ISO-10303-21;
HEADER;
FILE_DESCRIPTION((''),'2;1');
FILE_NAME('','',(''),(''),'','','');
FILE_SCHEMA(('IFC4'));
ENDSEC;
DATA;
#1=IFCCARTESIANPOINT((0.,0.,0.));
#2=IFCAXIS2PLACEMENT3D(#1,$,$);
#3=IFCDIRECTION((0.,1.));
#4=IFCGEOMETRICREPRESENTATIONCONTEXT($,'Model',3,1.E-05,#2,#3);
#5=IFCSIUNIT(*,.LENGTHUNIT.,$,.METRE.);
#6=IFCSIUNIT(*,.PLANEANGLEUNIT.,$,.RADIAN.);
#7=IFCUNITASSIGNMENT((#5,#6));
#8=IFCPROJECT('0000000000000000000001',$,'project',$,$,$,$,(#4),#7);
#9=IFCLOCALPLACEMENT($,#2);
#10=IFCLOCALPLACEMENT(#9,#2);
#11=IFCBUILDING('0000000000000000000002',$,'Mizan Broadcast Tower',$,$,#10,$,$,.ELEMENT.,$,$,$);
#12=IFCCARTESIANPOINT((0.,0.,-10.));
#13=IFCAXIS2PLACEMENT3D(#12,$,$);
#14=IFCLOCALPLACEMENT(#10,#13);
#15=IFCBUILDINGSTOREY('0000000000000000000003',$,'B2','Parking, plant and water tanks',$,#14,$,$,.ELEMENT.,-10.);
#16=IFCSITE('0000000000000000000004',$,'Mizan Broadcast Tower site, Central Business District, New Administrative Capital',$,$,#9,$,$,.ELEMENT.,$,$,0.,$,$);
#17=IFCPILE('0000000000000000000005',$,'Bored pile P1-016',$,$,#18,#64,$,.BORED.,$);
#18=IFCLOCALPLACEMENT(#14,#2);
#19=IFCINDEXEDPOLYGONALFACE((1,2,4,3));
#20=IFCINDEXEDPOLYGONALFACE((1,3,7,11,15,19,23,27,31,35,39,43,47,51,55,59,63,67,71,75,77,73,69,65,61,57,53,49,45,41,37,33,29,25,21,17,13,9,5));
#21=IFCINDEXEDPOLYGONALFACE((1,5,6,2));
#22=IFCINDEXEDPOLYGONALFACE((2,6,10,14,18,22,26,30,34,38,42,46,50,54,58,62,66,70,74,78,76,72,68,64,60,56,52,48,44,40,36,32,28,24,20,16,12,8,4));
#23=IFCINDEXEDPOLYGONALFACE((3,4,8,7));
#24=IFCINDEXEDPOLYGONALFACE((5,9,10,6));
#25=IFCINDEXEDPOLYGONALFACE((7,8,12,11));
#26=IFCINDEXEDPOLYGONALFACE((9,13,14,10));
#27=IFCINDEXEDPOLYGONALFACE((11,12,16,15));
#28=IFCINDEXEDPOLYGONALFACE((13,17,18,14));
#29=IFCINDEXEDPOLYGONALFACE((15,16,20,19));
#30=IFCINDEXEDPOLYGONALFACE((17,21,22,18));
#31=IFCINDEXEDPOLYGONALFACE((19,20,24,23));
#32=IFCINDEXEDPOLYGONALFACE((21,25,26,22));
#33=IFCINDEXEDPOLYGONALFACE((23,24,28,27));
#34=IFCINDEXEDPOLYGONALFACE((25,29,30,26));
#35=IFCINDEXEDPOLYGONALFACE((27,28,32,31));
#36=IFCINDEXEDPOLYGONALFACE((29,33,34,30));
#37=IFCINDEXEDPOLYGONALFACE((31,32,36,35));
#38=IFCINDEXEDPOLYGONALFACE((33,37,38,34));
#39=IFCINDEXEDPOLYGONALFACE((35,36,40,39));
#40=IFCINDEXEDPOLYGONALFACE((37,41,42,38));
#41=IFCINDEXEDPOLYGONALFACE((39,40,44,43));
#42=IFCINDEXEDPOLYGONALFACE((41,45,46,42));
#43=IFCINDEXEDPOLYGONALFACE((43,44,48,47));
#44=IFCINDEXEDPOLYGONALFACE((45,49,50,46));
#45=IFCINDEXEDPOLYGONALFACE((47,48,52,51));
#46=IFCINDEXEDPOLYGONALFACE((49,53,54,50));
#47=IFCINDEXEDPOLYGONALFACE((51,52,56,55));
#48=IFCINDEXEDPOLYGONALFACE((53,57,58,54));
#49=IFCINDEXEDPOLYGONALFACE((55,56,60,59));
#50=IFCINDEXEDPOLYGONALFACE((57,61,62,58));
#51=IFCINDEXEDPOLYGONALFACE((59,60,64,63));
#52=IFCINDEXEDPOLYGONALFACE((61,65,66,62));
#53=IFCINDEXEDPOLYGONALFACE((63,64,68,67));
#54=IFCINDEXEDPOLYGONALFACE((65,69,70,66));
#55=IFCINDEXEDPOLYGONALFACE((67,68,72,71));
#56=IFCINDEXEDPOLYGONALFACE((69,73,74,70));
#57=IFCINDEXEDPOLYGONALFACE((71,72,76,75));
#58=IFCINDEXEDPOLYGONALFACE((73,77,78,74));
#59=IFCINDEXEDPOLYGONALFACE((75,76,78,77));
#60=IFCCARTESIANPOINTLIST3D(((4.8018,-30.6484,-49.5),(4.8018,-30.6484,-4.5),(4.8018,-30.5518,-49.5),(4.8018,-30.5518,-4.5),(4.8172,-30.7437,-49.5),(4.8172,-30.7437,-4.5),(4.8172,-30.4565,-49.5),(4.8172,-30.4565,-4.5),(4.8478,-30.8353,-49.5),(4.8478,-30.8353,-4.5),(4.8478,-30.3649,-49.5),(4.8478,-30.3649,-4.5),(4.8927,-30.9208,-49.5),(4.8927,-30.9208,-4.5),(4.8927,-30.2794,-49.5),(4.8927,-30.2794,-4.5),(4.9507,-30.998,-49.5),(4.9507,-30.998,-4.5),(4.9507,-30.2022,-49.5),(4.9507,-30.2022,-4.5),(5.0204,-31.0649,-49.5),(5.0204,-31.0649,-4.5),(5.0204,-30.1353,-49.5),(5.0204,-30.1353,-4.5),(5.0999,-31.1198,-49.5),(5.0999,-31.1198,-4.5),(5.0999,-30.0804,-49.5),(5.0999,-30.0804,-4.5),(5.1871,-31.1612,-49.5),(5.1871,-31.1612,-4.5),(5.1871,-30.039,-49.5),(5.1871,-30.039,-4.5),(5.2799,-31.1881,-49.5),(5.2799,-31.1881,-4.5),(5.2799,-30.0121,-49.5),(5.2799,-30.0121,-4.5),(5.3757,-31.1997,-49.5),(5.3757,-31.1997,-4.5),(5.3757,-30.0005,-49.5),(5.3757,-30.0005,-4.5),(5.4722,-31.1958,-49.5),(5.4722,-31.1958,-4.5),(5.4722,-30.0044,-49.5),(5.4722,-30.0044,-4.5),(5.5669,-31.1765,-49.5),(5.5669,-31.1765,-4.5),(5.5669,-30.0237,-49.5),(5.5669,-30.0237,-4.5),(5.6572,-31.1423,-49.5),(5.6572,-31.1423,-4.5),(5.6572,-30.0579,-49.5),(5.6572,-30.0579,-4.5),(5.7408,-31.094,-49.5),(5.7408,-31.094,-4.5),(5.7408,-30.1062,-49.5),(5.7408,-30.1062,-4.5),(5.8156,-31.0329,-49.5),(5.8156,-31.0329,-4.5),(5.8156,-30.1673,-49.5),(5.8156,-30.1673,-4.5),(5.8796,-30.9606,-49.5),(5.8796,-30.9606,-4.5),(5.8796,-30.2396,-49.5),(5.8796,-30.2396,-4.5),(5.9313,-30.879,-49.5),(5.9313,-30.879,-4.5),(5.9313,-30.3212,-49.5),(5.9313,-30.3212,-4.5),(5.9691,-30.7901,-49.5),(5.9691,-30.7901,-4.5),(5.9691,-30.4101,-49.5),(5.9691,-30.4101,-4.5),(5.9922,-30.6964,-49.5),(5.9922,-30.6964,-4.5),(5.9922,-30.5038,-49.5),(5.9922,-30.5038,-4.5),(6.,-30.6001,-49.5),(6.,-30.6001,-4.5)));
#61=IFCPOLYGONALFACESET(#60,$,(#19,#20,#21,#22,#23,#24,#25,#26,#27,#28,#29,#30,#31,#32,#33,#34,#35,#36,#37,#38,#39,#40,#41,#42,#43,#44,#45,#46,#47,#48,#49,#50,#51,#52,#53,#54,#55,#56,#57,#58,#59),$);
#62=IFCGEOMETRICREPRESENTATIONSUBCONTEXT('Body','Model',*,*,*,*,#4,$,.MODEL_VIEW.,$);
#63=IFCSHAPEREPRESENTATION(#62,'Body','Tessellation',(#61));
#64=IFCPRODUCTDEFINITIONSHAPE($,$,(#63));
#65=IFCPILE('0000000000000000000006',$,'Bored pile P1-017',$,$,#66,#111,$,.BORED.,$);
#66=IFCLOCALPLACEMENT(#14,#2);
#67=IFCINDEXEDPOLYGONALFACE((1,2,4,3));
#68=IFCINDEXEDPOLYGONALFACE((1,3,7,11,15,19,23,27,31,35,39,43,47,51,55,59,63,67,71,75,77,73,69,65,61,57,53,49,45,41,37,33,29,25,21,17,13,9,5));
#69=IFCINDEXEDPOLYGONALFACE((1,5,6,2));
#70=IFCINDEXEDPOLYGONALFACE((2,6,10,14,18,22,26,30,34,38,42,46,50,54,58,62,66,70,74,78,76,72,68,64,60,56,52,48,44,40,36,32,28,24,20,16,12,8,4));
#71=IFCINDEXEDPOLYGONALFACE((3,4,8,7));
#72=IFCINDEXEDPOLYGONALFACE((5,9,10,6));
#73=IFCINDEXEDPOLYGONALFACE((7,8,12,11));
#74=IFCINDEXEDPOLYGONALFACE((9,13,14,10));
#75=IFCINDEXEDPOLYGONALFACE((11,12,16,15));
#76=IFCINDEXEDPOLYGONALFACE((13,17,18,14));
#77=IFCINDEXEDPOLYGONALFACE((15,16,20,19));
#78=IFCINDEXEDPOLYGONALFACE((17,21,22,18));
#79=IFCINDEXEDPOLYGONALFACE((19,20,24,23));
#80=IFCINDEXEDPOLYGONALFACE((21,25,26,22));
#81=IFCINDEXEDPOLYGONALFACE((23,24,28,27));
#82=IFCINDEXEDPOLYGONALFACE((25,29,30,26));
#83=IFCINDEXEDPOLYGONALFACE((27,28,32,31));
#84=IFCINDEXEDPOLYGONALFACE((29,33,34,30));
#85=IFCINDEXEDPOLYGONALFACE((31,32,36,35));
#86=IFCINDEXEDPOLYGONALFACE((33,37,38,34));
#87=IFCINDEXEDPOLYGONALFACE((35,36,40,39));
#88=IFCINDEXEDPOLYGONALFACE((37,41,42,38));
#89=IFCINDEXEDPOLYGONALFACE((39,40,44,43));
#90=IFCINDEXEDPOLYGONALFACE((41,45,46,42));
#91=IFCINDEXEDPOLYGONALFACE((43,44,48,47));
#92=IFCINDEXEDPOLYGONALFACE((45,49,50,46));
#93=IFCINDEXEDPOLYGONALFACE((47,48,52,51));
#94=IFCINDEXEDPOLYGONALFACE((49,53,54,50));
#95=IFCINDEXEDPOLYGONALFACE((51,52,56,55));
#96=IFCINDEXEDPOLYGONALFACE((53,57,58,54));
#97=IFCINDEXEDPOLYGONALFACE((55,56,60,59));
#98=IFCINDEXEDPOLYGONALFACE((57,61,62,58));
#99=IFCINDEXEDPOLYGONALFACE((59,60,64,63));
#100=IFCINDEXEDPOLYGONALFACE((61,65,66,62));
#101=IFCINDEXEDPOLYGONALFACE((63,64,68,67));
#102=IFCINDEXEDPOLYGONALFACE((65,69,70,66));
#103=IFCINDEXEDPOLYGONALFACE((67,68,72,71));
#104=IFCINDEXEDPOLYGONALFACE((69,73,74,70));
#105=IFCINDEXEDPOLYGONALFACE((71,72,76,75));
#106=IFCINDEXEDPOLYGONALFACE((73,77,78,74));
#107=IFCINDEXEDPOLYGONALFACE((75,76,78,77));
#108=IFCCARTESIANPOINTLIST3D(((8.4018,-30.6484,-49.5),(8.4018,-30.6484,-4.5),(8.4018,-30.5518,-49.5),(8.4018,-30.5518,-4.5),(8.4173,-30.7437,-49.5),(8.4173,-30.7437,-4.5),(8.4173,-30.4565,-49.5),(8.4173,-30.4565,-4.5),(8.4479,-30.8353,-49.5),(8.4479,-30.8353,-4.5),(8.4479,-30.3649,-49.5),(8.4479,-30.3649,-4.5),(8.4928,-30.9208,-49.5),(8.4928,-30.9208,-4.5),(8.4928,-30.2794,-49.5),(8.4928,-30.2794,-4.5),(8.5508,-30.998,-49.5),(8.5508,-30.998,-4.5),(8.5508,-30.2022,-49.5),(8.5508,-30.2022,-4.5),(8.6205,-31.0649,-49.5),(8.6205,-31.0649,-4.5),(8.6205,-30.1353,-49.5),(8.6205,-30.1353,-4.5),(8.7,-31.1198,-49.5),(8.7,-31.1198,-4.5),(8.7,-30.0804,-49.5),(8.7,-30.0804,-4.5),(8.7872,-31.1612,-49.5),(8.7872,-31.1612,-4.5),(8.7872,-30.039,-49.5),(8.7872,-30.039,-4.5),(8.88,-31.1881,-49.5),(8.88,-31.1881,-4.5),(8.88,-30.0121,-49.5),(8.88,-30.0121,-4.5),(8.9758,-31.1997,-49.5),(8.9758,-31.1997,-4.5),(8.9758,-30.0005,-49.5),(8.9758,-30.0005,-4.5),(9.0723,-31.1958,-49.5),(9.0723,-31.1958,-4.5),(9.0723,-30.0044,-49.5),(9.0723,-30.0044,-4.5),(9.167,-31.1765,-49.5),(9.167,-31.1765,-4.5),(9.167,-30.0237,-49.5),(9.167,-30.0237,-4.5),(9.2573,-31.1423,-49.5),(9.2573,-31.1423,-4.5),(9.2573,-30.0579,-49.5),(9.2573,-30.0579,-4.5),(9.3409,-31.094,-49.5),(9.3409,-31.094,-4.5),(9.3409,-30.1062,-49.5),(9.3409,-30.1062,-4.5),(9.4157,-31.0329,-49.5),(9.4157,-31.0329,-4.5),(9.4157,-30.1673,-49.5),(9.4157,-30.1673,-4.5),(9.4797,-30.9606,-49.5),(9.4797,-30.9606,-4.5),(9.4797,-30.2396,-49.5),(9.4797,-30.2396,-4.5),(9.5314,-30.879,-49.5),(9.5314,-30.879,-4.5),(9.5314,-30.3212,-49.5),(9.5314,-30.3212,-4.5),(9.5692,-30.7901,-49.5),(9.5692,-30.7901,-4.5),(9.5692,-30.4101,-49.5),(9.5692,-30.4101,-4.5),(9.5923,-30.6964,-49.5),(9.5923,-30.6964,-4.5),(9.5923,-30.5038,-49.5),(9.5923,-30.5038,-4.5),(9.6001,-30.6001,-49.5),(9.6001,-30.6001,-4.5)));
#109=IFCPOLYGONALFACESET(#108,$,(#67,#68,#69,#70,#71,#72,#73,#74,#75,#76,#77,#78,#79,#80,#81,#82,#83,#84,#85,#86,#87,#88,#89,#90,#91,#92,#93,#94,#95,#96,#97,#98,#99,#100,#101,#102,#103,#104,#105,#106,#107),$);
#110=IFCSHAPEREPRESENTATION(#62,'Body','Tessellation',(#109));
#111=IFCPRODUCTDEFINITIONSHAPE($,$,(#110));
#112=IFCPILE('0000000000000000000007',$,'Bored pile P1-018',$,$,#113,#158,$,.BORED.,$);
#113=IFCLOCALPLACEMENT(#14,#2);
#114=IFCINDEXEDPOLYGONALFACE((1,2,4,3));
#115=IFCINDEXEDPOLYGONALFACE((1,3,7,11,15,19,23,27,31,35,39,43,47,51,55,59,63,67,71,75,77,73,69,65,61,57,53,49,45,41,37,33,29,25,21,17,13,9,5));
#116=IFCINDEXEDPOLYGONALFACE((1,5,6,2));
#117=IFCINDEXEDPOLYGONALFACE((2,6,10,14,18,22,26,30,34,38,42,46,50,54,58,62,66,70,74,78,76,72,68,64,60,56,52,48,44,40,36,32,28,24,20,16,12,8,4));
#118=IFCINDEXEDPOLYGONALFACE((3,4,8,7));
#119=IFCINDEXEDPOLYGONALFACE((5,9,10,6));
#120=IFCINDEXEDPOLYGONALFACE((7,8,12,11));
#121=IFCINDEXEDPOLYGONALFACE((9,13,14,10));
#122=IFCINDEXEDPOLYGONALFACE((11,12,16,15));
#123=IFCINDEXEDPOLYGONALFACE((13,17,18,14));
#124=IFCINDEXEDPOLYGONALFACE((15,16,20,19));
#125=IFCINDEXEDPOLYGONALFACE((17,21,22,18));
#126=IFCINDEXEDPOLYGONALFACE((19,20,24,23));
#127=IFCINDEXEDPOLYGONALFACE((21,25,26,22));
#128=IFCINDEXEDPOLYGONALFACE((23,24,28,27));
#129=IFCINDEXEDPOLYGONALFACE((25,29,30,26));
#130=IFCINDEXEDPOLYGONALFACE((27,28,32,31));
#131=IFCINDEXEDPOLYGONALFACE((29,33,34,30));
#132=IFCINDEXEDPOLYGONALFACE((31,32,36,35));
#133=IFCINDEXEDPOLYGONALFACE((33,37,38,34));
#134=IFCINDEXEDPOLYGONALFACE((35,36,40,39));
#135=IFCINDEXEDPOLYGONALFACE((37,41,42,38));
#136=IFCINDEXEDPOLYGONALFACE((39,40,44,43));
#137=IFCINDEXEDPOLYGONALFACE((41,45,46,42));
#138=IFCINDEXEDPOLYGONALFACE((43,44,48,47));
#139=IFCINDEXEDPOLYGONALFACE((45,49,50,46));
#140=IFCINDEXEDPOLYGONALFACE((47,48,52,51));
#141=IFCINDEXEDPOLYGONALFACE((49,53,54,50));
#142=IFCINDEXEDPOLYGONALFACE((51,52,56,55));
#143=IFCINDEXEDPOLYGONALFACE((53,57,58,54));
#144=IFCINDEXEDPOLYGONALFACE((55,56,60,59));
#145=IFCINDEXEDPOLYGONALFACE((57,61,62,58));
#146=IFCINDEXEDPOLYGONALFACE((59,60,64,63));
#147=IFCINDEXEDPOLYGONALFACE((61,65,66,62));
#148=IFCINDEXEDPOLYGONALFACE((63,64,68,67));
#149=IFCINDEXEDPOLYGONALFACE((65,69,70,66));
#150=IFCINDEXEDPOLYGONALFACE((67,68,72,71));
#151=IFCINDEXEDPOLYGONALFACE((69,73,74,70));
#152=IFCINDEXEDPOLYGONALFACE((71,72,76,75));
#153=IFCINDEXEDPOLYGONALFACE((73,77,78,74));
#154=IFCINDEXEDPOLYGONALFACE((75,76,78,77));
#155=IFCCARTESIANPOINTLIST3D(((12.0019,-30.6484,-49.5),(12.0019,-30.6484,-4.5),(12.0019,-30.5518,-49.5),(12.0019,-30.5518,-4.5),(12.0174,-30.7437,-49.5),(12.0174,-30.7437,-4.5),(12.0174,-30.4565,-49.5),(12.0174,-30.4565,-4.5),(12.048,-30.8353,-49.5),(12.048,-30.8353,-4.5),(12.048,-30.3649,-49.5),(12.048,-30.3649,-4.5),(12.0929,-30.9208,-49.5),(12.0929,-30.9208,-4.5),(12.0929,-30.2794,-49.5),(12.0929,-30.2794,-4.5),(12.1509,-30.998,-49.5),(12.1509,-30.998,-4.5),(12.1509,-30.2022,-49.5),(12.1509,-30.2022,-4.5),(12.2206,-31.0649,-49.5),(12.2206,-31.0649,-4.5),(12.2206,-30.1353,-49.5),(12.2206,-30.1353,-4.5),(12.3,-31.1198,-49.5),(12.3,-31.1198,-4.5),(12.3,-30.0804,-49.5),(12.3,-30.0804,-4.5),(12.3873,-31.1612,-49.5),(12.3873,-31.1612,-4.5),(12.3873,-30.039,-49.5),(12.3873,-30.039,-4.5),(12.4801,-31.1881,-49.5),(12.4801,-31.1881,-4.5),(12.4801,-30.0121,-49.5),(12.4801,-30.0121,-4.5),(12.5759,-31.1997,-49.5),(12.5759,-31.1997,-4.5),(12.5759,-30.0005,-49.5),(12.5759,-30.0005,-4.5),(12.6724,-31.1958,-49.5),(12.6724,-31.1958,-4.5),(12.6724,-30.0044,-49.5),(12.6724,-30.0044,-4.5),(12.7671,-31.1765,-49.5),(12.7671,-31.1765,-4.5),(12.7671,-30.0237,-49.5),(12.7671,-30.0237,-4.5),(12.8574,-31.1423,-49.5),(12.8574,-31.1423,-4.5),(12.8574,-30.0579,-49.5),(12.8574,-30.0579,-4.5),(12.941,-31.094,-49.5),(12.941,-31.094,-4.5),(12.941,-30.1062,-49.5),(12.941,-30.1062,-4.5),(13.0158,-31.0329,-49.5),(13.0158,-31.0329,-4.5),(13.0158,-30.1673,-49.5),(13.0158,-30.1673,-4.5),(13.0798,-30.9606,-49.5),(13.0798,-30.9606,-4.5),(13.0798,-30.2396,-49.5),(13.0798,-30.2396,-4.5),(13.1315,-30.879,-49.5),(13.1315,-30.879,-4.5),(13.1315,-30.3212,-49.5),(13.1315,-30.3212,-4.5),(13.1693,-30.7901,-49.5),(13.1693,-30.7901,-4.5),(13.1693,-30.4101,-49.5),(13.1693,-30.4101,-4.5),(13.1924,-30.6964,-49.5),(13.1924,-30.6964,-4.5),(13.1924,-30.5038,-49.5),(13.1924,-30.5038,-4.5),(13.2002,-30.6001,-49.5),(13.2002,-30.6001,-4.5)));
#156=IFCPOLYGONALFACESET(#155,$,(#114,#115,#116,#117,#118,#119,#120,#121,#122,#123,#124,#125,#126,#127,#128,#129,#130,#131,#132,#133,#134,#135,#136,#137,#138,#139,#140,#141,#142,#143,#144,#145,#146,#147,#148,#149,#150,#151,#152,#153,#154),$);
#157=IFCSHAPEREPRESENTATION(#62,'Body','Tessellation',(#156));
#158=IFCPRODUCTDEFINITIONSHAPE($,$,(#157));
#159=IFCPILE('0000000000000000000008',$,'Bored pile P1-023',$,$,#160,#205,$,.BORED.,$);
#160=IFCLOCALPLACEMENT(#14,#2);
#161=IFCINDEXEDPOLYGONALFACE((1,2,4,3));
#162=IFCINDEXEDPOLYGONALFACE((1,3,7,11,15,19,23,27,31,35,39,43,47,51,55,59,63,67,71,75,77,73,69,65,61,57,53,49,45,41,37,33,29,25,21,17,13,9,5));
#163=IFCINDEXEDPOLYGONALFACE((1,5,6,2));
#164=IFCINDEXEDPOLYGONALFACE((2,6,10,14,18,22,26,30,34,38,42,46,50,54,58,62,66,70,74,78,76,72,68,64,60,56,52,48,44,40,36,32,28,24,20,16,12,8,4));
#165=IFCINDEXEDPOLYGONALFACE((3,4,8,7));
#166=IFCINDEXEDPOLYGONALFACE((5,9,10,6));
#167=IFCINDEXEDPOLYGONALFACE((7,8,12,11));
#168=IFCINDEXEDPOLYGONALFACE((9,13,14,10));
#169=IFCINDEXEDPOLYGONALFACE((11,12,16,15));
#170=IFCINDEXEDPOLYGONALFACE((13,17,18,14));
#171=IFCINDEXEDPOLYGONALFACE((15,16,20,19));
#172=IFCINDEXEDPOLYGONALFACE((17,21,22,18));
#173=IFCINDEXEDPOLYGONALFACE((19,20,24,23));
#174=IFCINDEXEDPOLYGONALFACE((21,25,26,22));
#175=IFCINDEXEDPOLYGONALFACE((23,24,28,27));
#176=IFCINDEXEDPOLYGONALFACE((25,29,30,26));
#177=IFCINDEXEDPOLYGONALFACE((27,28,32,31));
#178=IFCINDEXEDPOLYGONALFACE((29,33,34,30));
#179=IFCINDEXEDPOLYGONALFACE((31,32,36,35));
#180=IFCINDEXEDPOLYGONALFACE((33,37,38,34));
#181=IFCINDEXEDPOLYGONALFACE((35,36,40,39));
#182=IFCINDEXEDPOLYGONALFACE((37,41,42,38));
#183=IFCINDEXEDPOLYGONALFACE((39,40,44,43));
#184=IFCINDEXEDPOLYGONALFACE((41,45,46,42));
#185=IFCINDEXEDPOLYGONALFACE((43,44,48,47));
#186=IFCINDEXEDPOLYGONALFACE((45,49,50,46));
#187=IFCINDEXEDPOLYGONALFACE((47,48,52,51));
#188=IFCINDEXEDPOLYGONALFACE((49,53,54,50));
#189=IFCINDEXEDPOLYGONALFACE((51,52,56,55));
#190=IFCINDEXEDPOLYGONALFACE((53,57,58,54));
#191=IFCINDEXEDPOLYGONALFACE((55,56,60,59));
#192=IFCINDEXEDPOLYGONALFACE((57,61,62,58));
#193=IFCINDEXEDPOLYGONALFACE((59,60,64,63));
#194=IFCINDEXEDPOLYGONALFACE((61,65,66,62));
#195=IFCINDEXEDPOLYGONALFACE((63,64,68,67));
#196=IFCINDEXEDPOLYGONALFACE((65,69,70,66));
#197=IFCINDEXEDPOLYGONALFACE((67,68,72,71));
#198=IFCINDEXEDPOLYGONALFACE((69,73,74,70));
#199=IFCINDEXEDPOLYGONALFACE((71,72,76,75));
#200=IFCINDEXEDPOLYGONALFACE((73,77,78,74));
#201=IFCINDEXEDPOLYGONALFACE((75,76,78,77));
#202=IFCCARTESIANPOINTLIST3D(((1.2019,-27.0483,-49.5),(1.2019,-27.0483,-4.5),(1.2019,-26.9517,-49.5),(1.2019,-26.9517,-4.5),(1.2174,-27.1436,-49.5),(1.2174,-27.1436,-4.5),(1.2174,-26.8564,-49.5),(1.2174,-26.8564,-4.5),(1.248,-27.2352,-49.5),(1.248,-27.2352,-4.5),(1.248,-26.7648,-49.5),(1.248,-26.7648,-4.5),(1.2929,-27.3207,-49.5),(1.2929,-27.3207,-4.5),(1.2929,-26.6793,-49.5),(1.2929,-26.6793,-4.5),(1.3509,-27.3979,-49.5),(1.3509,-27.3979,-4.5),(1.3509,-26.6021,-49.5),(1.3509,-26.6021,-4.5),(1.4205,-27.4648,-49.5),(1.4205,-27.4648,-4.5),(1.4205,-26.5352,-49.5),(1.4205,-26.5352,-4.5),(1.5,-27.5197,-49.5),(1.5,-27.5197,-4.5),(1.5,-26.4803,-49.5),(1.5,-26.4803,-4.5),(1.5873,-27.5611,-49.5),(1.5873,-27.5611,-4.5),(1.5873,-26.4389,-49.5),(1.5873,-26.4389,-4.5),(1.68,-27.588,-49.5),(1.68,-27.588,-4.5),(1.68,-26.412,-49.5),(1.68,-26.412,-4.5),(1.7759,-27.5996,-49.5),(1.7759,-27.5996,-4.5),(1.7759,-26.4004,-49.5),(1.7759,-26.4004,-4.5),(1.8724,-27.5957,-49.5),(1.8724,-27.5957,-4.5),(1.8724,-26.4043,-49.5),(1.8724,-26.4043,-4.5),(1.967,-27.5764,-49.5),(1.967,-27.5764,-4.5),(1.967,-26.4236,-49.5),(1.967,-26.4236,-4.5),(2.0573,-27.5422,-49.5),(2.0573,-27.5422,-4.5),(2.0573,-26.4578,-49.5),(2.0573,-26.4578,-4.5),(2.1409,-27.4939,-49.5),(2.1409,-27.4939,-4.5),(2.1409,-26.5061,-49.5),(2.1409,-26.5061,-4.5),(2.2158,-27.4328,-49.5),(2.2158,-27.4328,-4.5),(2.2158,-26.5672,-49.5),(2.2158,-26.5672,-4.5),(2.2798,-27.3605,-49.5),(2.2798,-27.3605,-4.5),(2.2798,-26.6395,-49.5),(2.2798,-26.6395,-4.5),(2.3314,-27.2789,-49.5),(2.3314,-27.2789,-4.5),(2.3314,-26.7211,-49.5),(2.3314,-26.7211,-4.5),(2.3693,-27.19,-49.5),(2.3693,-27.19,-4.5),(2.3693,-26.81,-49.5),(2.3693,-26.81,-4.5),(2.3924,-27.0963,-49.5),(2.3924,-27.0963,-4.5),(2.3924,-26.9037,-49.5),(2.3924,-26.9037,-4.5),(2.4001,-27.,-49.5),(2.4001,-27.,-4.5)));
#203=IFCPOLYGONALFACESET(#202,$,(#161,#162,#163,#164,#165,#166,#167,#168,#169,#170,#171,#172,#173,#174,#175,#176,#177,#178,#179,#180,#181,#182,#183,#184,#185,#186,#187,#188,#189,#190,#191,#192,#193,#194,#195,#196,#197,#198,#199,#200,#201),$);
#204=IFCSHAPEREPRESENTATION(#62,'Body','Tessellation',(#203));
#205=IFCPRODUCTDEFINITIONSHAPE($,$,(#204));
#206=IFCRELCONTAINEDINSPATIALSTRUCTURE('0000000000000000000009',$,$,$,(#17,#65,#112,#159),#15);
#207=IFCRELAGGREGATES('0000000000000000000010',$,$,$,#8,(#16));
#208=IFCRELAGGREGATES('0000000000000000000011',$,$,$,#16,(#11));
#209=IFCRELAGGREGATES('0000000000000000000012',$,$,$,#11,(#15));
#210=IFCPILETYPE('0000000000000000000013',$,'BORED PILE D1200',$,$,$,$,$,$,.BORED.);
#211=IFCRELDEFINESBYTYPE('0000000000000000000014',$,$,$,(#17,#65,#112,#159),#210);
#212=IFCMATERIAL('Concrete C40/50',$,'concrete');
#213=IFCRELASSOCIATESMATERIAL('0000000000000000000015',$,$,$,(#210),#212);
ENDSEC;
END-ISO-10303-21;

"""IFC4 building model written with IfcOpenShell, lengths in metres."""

from ifc_helpers import new_model, si_unit, direction, frame, origin, origin_2d, place, context, subcontext, project, spatial, circle, extrude, material, material_profile, profile_set, type_object, element, save


model = new_model("IFC4")

# Units and contexts
model_context = context("Model", 3, precision=1e-05, world=origin(), true_north=direction((0.0, 1.0)))
body_context = subcontext(model_context, "Body", "Model", "MODEL_VIEW")
ifc_project = project(units=[si_unit("LENGTHUNIT", "METRE"), si_unit("PLANEANGLEUNIT", "RADIAN")], contexts=[model_context])

# Site, building, storey
site_placement = place(None, origin())
site = spatial("IfcSite", under=ifc_project, at=site_placement, Name="Mizan Broadcast Tower site, Central Business District, New Administrative Capital", CompositionType="ELEMENT", RefElevation=0.0)
building_placement = place(site_placement, origin())
building = spatial("IfcBuilding", under=site, at=building_placement, Name="Mizan Broadcast Tower", CompositionType="ELEMENT")
storey_placement = place(building_placement, frame((0.0, 0.0, -10.0)))
storey = spatial("IfcBuildingStorey", under=building, at=storey_placement, Name="B2", Description="Parking, plant and water tanks", CompositionType="ELEMENT", Elevation=-10.0)

# Piles
ifc_material_1 = material(Name="Concrete C40/50", Category="concrete")
ifc_material_profile_1 = material_profile(ifc_material_1, circle(Radius=0.6001, at=origin_2d()), Name="D1200")
ifc_profile_set_1 = profile_set([ifc_material_profile_1], Name="Concrete C40/50")
pile_type_1 = type_object("IfcPileType", Name="BORED PILE D1200", PredefinedType="BORED", material=ifc_profile_set_1)
for number, where, z_axis, x_axis, name in (
    (1, (5.3999, -30.6001, -4.5), (0.0, 0.0, -1.0), (1.0, 0.0, 0.0), "Bored pile P1-016"),
    (2, (9.0, -30.6001, -4.5), (0.0, 0.0, -1.0), (1.0, 0.0, 0.0), "Bored pile P1-017"),
    (3, (12.6001, -30.6001, -4.5), (0.0, 0.0, -1.0), (1.0, 0.0, 0.0), "Bored pile P1-018"),
    (4, (1.8, -27.0, -4.5), (0.0, 0.0, -1.0), (1.0, 0.0, 0.0), "Bored pile P1-023"),
):
    element("IfcPile", number, at=place(storey_placement, frame(where, z_axis=z_axis, x_axis=x_axis)), inside=storey, type_object=pile_type_1, Name=name, PredefinedType="BORED", context=body_context, shape_type="SweptSolid", body=[
        extrude(circle(Radius=0.6001, at=origin_2d()), origin(), (0.0, 0.0, 1.0), 45.0),
    ])

save(model, "model.ifc")
